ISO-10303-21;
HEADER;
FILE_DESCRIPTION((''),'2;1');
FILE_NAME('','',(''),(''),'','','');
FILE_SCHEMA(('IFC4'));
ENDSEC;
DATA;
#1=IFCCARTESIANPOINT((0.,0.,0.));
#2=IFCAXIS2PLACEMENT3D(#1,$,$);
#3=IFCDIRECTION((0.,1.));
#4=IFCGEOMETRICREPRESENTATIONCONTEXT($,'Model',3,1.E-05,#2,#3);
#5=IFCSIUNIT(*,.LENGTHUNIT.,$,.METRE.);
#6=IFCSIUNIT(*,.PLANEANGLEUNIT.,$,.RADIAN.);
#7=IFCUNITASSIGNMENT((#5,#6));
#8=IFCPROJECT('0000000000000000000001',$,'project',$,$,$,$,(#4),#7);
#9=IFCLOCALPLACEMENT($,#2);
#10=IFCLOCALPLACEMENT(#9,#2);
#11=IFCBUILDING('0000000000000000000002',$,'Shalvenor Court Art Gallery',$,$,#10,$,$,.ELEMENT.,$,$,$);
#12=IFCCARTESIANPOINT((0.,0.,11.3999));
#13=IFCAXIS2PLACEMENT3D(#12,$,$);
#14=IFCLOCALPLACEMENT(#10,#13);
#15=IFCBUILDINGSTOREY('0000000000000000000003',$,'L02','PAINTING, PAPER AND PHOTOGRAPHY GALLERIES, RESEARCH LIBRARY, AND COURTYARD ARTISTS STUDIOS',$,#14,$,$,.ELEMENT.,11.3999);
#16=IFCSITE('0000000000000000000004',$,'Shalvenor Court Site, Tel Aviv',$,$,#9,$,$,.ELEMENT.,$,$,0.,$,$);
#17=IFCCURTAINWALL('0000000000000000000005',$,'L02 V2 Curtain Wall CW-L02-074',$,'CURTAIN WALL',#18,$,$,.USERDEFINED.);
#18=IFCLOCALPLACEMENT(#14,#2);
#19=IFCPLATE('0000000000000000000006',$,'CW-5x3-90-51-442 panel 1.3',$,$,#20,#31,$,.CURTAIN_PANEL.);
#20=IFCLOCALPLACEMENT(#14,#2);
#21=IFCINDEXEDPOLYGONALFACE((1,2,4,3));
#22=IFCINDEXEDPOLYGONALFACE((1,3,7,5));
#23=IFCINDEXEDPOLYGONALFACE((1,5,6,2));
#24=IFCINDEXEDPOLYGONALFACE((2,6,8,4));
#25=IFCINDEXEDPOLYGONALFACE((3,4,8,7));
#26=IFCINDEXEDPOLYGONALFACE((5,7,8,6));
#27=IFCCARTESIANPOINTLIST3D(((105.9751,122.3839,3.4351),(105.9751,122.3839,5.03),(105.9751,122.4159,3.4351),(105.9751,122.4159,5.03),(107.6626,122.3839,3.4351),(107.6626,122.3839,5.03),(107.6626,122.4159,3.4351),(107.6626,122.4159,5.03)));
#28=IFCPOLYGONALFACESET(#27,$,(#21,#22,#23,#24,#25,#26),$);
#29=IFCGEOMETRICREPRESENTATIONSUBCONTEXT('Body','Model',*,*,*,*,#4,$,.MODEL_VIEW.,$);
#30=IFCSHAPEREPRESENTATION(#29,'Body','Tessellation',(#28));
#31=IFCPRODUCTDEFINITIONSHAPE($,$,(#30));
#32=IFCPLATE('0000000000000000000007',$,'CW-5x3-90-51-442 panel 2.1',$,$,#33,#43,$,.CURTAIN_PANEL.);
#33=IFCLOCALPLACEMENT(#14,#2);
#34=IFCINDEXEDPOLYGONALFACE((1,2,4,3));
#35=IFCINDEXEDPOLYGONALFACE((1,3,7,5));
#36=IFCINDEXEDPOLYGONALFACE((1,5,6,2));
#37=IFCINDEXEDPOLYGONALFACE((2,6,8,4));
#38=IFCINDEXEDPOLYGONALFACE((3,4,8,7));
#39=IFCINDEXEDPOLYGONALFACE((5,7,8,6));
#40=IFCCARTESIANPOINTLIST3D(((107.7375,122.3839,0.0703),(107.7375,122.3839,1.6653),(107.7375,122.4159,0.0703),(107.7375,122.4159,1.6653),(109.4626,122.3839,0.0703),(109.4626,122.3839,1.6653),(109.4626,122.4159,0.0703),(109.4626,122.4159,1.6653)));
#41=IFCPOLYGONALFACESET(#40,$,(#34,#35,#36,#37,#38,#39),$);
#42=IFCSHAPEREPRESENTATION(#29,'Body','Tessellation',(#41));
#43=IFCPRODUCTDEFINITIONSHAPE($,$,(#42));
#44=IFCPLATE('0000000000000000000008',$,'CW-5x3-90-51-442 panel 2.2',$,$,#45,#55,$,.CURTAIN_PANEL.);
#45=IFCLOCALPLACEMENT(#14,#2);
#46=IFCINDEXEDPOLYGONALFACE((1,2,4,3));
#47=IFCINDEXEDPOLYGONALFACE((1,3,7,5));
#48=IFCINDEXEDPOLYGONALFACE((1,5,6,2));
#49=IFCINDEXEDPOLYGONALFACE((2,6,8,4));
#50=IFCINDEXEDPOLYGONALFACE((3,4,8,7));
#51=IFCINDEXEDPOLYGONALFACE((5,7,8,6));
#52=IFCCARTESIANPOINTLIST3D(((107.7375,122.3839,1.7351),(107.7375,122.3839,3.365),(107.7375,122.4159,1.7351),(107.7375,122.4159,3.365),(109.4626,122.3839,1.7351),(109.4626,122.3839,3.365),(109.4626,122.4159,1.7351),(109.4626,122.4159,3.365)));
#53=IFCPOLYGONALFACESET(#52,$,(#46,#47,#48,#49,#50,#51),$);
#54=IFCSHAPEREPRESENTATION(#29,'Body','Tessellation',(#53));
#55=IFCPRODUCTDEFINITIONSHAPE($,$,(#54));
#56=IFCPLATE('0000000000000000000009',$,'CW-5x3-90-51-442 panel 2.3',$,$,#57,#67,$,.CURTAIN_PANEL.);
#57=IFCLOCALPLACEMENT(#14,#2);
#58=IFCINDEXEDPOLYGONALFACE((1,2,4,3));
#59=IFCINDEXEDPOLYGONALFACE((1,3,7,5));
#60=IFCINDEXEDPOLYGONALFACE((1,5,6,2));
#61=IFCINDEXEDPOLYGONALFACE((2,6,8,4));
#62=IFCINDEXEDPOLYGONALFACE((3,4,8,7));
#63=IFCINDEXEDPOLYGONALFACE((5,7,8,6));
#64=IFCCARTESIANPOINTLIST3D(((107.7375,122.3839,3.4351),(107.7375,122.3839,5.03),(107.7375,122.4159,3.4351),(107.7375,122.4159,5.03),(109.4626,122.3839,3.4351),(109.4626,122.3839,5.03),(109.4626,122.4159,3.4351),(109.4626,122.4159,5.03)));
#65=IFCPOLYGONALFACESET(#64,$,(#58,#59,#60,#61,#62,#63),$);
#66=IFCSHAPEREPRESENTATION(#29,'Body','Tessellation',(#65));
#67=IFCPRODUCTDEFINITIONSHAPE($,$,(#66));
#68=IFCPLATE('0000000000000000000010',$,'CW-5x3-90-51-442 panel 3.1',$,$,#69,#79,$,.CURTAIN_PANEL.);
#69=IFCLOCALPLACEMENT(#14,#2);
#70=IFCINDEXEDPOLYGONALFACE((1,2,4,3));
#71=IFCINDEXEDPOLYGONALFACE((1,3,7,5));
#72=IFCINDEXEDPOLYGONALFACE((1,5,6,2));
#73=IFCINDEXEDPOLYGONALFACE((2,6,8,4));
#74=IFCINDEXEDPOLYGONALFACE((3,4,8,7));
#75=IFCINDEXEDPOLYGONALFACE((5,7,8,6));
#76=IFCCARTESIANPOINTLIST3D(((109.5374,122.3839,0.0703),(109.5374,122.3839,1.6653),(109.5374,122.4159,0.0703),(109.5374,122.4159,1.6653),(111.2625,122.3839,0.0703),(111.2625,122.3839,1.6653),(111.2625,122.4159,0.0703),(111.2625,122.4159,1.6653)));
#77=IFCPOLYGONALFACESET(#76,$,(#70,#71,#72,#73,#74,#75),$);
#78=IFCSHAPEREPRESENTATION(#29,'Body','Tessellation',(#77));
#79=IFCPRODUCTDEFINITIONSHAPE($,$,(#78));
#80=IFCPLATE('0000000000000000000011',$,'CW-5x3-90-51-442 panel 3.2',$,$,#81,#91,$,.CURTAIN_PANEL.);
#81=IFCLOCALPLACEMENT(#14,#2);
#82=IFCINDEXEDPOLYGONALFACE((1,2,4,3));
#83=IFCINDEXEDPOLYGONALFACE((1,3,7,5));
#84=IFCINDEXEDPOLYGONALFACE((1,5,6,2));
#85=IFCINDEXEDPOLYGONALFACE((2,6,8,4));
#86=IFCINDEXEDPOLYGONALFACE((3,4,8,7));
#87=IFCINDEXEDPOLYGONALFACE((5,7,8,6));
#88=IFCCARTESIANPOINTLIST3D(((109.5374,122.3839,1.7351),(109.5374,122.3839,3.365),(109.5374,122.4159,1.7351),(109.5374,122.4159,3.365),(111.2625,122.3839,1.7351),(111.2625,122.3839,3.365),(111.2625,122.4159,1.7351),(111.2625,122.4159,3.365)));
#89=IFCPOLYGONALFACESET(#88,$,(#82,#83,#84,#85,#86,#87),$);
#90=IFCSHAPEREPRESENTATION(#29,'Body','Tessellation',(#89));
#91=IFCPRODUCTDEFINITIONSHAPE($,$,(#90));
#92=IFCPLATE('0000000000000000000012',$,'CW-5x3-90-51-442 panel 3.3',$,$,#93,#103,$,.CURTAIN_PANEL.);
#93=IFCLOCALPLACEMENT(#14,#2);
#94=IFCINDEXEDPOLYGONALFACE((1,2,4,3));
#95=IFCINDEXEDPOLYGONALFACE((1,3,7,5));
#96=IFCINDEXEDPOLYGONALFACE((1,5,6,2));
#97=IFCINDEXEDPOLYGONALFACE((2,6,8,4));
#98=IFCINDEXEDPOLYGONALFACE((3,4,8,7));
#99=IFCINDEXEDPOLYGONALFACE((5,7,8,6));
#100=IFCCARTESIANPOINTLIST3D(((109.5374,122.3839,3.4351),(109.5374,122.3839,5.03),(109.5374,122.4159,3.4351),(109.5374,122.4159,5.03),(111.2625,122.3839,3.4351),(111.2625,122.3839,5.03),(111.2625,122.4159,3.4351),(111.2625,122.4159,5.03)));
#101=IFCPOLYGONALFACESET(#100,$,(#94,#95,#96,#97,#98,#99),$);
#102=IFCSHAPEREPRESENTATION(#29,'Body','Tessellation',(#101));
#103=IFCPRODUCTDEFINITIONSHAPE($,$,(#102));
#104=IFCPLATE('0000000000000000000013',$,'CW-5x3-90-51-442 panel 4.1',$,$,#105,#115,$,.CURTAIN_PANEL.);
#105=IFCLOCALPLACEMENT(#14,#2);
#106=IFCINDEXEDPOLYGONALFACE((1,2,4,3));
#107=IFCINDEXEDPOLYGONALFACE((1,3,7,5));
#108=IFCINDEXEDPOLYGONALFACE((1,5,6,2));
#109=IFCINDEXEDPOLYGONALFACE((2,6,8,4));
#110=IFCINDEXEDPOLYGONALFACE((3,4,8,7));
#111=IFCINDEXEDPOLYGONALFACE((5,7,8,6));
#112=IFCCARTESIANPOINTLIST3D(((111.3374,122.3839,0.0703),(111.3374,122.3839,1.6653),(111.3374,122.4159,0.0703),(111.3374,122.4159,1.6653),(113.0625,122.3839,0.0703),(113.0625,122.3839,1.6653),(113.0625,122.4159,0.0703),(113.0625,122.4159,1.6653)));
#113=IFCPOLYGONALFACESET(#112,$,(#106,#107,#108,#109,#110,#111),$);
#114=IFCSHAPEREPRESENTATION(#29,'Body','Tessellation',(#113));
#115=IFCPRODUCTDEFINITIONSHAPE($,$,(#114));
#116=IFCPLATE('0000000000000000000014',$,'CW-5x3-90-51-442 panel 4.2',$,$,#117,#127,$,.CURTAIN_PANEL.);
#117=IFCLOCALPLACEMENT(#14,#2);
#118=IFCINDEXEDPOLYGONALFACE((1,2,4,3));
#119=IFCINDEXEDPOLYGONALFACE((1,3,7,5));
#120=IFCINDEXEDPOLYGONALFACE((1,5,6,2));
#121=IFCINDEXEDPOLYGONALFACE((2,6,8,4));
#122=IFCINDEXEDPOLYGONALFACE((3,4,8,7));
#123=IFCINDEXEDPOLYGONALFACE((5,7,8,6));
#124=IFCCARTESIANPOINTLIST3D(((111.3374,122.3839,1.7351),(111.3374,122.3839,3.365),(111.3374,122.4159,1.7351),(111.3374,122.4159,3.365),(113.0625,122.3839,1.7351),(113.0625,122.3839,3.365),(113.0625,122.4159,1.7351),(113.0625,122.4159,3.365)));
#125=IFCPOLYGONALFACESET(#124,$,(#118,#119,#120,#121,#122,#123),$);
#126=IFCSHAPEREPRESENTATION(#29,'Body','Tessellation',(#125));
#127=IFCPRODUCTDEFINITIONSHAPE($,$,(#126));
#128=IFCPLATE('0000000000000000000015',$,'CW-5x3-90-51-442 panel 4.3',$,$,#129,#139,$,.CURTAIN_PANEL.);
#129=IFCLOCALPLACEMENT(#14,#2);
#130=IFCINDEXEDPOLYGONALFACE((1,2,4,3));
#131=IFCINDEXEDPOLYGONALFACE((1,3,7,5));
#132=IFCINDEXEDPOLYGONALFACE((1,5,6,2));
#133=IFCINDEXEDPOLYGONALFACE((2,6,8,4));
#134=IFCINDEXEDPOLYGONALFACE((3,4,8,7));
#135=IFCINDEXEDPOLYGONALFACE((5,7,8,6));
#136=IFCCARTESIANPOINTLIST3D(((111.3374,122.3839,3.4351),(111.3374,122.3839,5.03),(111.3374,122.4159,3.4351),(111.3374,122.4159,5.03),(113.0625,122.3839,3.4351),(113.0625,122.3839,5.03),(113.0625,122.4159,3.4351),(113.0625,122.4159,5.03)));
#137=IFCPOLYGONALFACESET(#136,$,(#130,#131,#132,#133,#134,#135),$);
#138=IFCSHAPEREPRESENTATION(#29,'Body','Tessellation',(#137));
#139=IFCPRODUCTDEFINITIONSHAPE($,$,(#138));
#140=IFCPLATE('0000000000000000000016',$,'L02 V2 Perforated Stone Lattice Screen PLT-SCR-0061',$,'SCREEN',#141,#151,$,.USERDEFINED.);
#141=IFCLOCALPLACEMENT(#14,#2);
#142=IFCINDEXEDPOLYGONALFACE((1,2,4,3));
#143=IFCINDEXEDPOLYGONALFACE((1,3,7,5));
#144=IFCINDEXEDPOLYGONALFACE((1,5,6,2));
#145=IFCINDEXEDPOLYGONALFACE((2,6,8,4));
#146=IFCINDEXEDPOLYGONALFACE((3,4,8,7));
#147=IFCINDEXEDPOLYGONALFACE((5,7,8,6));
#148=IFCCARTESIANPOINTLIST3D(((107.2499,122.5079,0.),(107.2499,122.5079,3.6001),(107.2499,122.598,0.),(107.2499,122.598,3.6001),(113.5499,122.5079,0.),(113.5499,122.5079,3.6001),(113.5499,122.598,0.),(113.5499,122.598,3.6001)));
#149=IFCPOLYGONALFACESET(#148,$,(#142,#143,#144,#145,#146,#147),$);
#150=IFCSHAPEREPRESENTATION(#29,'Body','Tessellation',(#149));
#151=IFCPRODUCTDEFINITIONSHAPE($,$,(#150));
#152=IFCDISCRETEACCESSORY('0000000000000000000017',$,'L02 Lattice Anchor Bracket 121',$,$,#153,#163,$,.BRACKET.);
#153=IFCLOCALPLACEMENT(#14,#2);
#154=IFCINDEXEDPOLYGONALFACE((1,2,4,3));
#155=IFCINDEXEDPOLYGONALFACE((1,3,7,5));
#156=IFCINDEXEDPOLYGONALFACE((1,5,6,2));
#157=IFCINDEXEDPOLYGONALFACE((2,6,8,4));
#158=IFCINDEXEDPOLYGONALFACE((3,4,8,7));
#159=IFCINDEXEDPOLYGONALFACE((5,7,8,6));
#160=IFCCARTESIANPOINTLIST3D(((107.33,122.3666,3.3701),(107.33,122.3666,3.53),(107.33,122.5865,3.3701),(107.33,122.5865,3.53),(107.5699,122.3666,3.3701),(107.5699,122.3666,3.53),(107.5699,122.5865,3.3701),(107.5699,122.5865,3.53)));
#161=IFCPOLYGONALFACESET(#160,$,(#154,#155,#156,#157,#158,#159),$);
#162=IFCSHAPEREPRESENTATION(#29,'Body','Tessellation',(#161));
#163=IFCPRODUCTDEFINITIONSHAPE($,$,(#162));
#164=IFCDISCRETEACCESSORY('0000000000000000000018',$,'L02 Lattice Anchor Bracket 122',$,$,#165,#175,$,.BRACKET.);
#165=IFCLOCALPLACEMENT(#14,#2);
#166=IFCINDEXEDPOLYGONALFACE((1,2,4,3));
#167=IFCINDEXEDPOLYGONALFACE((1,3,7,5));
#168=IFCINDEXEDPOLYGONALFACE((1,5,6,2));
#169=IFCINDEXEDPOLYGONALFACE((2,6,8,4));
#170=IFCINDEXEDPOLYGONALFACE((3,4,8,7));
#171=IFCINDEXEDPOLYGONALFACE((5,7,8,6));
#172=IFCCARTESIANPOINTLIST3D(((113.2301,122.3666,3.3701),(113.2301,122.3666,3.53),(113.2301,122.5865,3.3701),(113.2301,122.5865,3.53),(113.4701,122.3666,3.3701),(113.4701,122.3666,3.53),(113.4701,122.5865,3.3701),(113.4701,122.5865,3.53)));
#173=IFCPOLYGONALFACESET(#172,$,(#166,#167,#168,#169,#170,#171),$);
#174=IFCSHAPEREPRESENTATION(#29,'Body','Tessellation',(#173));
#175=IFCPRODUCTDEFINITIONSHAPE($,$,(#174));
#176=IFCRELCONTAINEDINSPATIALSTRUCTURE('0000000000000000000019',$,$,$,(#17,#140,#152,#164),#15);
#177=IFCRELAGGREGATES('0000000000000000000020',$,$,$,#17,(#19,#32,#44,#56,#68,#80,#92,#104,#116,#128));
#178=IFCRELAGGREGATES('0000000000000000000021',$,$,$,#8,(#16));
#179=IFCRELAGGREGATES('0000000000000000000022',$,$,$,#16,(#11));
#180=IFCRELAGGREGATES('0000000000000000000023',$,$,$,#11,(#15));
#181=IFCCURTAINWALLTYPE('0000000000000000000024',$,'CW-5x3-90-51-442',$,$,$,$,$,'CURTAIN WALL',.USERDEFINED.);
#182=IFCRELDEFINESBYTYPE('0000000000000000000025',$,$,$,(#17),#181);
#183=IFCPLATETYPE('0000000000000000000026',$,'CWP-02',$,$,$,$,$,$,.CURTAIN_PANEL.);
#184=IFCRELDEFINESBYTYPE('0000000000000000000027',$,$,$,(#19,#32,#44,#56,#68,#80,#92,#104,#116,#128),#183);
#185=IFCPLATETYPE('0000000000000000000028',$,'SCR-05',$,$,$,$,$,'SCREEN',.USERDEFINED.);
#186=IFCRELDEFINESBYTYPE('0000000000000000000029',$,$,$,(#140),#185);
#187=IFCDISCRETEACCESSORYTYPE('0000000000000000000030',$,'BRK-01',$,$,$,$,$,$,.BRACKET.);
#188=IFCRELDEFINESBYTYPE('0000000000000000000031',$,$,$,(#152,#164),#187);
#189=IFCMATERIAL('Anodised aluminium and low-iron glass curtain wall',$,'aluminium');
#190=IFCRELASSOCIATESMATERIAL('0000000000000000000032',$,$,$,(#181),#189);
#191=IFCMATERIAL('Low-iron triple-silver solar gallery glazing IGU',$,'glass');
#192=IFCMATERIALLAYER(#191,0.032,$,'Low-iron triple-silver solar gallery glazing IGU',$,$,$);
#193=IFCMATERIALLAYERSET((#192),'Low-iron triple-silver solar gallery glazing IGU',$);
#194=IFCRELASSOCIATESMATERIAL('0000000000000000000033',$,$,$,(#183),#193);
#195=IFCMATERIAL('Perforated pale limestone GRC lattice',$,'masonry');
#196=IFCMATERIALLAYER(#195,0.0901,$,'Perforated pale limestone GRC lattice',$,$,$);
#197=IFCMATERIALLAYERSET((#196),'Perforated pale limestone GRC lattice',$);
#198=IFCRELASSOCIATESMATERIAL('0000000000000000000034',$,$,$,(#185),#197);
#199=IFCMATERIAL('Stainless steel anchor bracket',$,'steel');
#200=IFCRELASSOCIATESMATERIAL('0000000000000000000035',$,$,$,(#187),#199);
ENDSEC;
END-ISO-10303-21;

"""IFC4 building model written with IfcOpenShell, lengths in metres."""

from ifc_helpers import new_model, si_unit, direction, frame, origin, origin_2d, place, context, subcontext, project, spatial, rectangle, extrude, material, layer, layer_set, type_object, element, aggregate, save


model = new_model("IFC4")

# Units and contexts
model_context = context("Model", 3, precision=1e-05, world=origin(), true_north=direction((0.0, 1.0)))
body_context = subcontext(model_context, "Body", "Model", "MODEL_VIEW")
ifc_project = project(units=[si_unit("LENGTHUNIT", "METRE"), si_unit("PLANEANGLEUNIT", "RADIAN")], contexts=[model_context])

# Site, building, storey
site_placement = place(None, origin())
site = spatial("IfcSite", under=ifc_project, at=site_placement, Name="Shalvenor Court Site, Tel Aviv", CompositionType="ELEMENT", RefElevation=0.0)
building_placement = place(site_placement, origin())
building = spatial("IfcBuilding", under=site, at=building_placement, Name="Shalvenor Court Art Gallery", CompositionType="ELEMENT")
storey_placement = place(building_placement, frame((0.0, 0.0, 11.3999)))
storey = spatial("IfcBuildingStorey", under=building, at=storey_placement, Name="L02", Description="PAINTING, PAPER AND PHOTOGRAPHY GALLERIES, RESEARCH LIBRARY, AND COURTYARD ARTISTS STUDIOS", CompositionType="ELEMENT", Elevation=11.3999)

# Curtain wall
ifc_material_1 = material(Name="Anodised aluminium and low-iron glass curtain wall", Category="aluminium")
curtain_wall_type = type_object("IfcCurtainWallType", Name="CW-5x3-90-51-442", ElementType="CURTAIN WALL", PredefinedType="USERDEFINED", material=ifc_material_1)
curtain_wall_placement = place(storey_placement, origin())
curtain_wall = element("IfcCurtainWall", 1, at=curtain_wall_placement, inside=storey, type_object=curtain_wall_type, Name="L02 V2 Curtain Wall CW-L02-074", ObjectType="CURTAIN WALL", PredefinedType="USERDEFINED")

# Plates
ifc_material_2 = material(Name="Low-iron triple-silver solar gallery glazing IGU", Category="glass")
ifc_layer_1 = layer(ifc_material_2, 0.032, Name="Low-iron triple-silver solar gallery glazing IGU")
ifc_layer_set_1 = layer_set([ifc_layer_1], Name="Low-iron triple-silver solar gallery glazing IGU")
plate_type_1 = type_object("IfcPlateType", Name="CWP-02", PredefinedType="CURTAIN_PANEL", material=ifc_layer_set_1)
plate_1_placement = place(storey_placement, frame((106.8188, 122.3999, 3.4351), z_axis=(0.0, 0.0, 1.0), x_axis=(1.0, 0.0, 0.0)))
plate_1 = element("IfcPlate", 2, at=plate_1_placement, type_object=plate_type_1, Name="CW-5x3-90-51-442 panel 1.3", PredefinedType="CURTAIN_PANEL", context=body_context, shape_type="SweptSolid", body=[
    extrude(rectangle(XDim=1.6875, YDim=0.032, at=origin_2d()), origin(), (0.0, 0.0, 1.0), 1.595),
])
plate_2_placement = place(storey_placement, frame((108.6001, 122.3999, 0.0703), z_axis=(0.0, 0.0, 1.0), x_axis=(1.0, 0.0, 0.0)))
plate_2 = element("IfcPlate", 3, at=plate_2_placement, type_object=plate_type_1, Name="CW-5x3-90-51-442 panel 2.1", PredefinedType="CURTAIN_PANEL", context=body_context, shape_type="SweptSolid", body=[
    extrude(rectangle(XDim=1.7251, YDim=0.032, at=origin_2d()), origin(), (0.0, 0.0, 1.0), 1.595),
])
plate_3_placement = place(storey_placement, frame((108.6001, 122.3999, 1.7351), z_axis=(0.0, 0.0, 1.0), x_axis=(1.0, 0.0, 0.0)))
plate_3 = element("IfcPlate", 4, at=plate_3_placement, type_object=plate_type_1, Name="CW-5x3-90-51-442 panel 2.2", PredefinedType="CURTAIN_PANEL", context=body_context, shape_type="SweptSolid", body=[
    extrude(rectangle(XDim=1.7251, YDim=0.032, at=origin_2d()), origin(), (0.0, 0.0, 1.0), 1.6299),
])
plate_4_placement = place(storey_placement, frame((108.6001, 122.3999, 3.4351), z_axis=(0.0, 0.0, 1.0), x_axis=(1.0, 0.0, 0.0)))
plate_4 = element("IfcPlate", 5, at=plate_4_placement, type_object=plate_type_1, Name="CW-5x3-90-51-442 panel 2.3", PredefinedType="CURTAIN_PANEL", context=body_context, shape_type="SweptSolid", body=[
    extrude(rectangle(XDim=1.7251, YDim=0.032, at=origin_2d()), origin(), (0.0, 0.0, 1.0), 1.595),
])
plate_5_placement = place(storey_placement, frame((110.3999, 122.3999, 0.0703), z_axis=(0.0, 0.0, 1.0), x_axis=(1.0, 0.0, 0.0)))
plate_5 = element("IfcPlate", 6, at=plate_5_placement, type_object=plate_type_1, Name="CW-5x3-90-51-442 panel 3.1", PredefinedType="CURTAIN_PANEL", context=body_context, shape_type="SweptSolid", body=[
    extrude(rectangle(XDim=1.7251, YDim=0.032, at=origin_2d()), origin(), (0.0, 0.0, 1.0), 1.595),
])
plate_6_placement = place(storey_placement, frame((110.3999, 122.3999, 1.7351), z_axis=(0.0, 0.0, 1.0), x_axis=(1.0, 0.0, 0.0)))
plate_6 = element("IfcPlate", 7, at=plate_6_placement, type_object=plate_type_1, Name="CW-5x3-90-51-442 panel 3.2", PredefinedType="CURTAIN_PANEL", context=body_context, shape_type="SweptSolid", body=[
    extrude(rectangle(XDim=1.7251, YDim=0.032, at=origin_2d()), origin(), (0.0, 0.0, 1.0), 1.6299),
])
plate_7_placement = place(storey_placement, frame((110.3999, 122.3999, 3.4351), z_axis=(0.0, 0.0, 1.0), x_axis=(1.0, 0.0, 0.0)))
plate_7 = element("IfcPlate", 8, at=plate_7_placement, type_object=plate_type_1, Name="CW-5x3-90-51-442 panel 3.3", PredefinedType="CURTAIN_PANEL", context=body_context, shape_type="SweptSolid", body=[
    extrude(rectangle(XDim=1.7251, YDim=0.032, at=origin_2d()), origin(), (0.0, 0.0, 1.0), 1.595),
])
plate_8_placement = place(storey_placement, frame((112.2, 122.3999, 0.0703), z_axis=(0.0, 0.0, 1.0), x_axis=(1.0, 0.0, 0.0)))
plate_8 = element("IfcPlate", 9, at=plate_8_placement, type_object=plate_type_1, Name="CW-5x3-90-51-442 panel 4.1", PredefinedType="CURTAIN_PANEL", context=body_context, shape_type="SweptSolid", body=[
    extrude(rectangle(XDim=1.7251, YDim=0.032, at=origin_2d()), origin(), (0.0, 0.0, 1.0), 1.595),
])
plate_9_placement = place(storey_placement, frame((112.2, 122.3999, 1.7351), z_axis=(0.0, 0.0, 1.0), x_axis=(1.0, 0.0, 0.0)))
plate_9 = element("IfcPlate", 10, at=plate_9_placement, type_object=plate_type_1, Name="CW-5x3-90-51-442 panel 4.2", PredefinedType="CURTAIN_PANEL", context=body_context, shape_type="SweptSolid", body=[
    extrude(rectangle(XDim=1.7251, YDim=0.032, at=origin_2d()), origin(), (0.0, 0.0, 1.0), 1.6299),
])
plate_10_placement = place(storey_placement, frame((112.2, 122.3999, 3.4351), z_axis=(0.0, 0.0, 1.0), x_axis=(1.0, 0.0, 0.0)))
plate_10 = element("IfcPlate", 11, at=plate_10_placement, type_object=plate_type_1, Name="CW-5x3-90-51-442 panel 4.3", PredefinedType="CURTAIN_PANEL", context=body_context, shape_type="SweptSolid", body=[
    extrude(rectangle(XDim=1.7251, YDim=0.032, at=origin_2d()), origin(), (0.0, 0.0, 1.0), 1.595),
])
aggregate(curtain_wall, [plate_1, plate_2, plate_3, plate_4, plate_5, plate_6, plate_7, plate_8, plate_9, plate_10])
ifc_material_3 = material(Name="Perforated pale limestone GRC lattice", Category="masonry")
ifc_layer_2 = layer(ifc_material_3, 0.0901, Name="Perforated pale limestone GRC lattice")
ifc_layer_set_2 = layer_set([ifc_layer_2], Name="Perforated pale limestone GRC lattice")
plate_type_2 = type_object("IfcPlateType", Name="SCR-05", ElementType="SCREEN", PredefinedType="USERDEFINED", material=ifc_layer_set_2)
plate_11_placement = place(storey_placement, frame((110.3999, 122.553, 0.0), z_axis=(0.0, 0.0, 1.0), x_axis=(1.0, 0.0, 0.0)))
element("IfcPlate", 12, at=plate_11_placement, inside=storey, type_object=plate_type_2, Name="L02 V2 Perforated Stone Lattice Screen PLT-SCR-0061", ObjectType="SCREEN", PredefinedType="USERDEFINED", context=body_context, shape_type="SweptSolid", body=[
    extrude(rectangle(XDim=6.3, YDim=0.0901, at=origin_2d()), origin(), (0.0, 0.0, 1.0), 3.6001),
])

# Discrete accessories
ifc_material_4 = material(Name="Stainless steel anchor bracket", Category="steel")
discrete_accessory_type = type_object("IfcDiscreteAccessoryType", Name="BRK-01", PredefinedType="BRACKET", material=ifc_material_4)
for number, where, z_axis, x_axis, name in (
    (13, (107.45, 122.4766, 3.3701), (0.0, 0.0, 1.0), (1.0, 0.0, 0.0), "L02 Lattice Anchor Bracket 121"),
    (14, (113.3501, 122.4766, 3.3701), (0.0, 0.0, 1.0), (1.0, 0.0, 0.0), "L02 Lattice Anchor Bracket 122"),
):
    element("IfcDiscreteAccessory", number, at=place(storey_placement, frame(where, z_axis=z_axis, x_axis=x_axis)), inside=storey, type_object=discrete_accessory_type, Name=name, PredefinedType="BRACKET", context=body_context, shape_type="SweptSolid", body=[
        extrude(rectangle(XDim=0.24, YDim=0.22, at=origin_2d()), origin(), (0.0, 0.0, 1.0), 0.1599),
    ])

save(model, "model.ifc")
